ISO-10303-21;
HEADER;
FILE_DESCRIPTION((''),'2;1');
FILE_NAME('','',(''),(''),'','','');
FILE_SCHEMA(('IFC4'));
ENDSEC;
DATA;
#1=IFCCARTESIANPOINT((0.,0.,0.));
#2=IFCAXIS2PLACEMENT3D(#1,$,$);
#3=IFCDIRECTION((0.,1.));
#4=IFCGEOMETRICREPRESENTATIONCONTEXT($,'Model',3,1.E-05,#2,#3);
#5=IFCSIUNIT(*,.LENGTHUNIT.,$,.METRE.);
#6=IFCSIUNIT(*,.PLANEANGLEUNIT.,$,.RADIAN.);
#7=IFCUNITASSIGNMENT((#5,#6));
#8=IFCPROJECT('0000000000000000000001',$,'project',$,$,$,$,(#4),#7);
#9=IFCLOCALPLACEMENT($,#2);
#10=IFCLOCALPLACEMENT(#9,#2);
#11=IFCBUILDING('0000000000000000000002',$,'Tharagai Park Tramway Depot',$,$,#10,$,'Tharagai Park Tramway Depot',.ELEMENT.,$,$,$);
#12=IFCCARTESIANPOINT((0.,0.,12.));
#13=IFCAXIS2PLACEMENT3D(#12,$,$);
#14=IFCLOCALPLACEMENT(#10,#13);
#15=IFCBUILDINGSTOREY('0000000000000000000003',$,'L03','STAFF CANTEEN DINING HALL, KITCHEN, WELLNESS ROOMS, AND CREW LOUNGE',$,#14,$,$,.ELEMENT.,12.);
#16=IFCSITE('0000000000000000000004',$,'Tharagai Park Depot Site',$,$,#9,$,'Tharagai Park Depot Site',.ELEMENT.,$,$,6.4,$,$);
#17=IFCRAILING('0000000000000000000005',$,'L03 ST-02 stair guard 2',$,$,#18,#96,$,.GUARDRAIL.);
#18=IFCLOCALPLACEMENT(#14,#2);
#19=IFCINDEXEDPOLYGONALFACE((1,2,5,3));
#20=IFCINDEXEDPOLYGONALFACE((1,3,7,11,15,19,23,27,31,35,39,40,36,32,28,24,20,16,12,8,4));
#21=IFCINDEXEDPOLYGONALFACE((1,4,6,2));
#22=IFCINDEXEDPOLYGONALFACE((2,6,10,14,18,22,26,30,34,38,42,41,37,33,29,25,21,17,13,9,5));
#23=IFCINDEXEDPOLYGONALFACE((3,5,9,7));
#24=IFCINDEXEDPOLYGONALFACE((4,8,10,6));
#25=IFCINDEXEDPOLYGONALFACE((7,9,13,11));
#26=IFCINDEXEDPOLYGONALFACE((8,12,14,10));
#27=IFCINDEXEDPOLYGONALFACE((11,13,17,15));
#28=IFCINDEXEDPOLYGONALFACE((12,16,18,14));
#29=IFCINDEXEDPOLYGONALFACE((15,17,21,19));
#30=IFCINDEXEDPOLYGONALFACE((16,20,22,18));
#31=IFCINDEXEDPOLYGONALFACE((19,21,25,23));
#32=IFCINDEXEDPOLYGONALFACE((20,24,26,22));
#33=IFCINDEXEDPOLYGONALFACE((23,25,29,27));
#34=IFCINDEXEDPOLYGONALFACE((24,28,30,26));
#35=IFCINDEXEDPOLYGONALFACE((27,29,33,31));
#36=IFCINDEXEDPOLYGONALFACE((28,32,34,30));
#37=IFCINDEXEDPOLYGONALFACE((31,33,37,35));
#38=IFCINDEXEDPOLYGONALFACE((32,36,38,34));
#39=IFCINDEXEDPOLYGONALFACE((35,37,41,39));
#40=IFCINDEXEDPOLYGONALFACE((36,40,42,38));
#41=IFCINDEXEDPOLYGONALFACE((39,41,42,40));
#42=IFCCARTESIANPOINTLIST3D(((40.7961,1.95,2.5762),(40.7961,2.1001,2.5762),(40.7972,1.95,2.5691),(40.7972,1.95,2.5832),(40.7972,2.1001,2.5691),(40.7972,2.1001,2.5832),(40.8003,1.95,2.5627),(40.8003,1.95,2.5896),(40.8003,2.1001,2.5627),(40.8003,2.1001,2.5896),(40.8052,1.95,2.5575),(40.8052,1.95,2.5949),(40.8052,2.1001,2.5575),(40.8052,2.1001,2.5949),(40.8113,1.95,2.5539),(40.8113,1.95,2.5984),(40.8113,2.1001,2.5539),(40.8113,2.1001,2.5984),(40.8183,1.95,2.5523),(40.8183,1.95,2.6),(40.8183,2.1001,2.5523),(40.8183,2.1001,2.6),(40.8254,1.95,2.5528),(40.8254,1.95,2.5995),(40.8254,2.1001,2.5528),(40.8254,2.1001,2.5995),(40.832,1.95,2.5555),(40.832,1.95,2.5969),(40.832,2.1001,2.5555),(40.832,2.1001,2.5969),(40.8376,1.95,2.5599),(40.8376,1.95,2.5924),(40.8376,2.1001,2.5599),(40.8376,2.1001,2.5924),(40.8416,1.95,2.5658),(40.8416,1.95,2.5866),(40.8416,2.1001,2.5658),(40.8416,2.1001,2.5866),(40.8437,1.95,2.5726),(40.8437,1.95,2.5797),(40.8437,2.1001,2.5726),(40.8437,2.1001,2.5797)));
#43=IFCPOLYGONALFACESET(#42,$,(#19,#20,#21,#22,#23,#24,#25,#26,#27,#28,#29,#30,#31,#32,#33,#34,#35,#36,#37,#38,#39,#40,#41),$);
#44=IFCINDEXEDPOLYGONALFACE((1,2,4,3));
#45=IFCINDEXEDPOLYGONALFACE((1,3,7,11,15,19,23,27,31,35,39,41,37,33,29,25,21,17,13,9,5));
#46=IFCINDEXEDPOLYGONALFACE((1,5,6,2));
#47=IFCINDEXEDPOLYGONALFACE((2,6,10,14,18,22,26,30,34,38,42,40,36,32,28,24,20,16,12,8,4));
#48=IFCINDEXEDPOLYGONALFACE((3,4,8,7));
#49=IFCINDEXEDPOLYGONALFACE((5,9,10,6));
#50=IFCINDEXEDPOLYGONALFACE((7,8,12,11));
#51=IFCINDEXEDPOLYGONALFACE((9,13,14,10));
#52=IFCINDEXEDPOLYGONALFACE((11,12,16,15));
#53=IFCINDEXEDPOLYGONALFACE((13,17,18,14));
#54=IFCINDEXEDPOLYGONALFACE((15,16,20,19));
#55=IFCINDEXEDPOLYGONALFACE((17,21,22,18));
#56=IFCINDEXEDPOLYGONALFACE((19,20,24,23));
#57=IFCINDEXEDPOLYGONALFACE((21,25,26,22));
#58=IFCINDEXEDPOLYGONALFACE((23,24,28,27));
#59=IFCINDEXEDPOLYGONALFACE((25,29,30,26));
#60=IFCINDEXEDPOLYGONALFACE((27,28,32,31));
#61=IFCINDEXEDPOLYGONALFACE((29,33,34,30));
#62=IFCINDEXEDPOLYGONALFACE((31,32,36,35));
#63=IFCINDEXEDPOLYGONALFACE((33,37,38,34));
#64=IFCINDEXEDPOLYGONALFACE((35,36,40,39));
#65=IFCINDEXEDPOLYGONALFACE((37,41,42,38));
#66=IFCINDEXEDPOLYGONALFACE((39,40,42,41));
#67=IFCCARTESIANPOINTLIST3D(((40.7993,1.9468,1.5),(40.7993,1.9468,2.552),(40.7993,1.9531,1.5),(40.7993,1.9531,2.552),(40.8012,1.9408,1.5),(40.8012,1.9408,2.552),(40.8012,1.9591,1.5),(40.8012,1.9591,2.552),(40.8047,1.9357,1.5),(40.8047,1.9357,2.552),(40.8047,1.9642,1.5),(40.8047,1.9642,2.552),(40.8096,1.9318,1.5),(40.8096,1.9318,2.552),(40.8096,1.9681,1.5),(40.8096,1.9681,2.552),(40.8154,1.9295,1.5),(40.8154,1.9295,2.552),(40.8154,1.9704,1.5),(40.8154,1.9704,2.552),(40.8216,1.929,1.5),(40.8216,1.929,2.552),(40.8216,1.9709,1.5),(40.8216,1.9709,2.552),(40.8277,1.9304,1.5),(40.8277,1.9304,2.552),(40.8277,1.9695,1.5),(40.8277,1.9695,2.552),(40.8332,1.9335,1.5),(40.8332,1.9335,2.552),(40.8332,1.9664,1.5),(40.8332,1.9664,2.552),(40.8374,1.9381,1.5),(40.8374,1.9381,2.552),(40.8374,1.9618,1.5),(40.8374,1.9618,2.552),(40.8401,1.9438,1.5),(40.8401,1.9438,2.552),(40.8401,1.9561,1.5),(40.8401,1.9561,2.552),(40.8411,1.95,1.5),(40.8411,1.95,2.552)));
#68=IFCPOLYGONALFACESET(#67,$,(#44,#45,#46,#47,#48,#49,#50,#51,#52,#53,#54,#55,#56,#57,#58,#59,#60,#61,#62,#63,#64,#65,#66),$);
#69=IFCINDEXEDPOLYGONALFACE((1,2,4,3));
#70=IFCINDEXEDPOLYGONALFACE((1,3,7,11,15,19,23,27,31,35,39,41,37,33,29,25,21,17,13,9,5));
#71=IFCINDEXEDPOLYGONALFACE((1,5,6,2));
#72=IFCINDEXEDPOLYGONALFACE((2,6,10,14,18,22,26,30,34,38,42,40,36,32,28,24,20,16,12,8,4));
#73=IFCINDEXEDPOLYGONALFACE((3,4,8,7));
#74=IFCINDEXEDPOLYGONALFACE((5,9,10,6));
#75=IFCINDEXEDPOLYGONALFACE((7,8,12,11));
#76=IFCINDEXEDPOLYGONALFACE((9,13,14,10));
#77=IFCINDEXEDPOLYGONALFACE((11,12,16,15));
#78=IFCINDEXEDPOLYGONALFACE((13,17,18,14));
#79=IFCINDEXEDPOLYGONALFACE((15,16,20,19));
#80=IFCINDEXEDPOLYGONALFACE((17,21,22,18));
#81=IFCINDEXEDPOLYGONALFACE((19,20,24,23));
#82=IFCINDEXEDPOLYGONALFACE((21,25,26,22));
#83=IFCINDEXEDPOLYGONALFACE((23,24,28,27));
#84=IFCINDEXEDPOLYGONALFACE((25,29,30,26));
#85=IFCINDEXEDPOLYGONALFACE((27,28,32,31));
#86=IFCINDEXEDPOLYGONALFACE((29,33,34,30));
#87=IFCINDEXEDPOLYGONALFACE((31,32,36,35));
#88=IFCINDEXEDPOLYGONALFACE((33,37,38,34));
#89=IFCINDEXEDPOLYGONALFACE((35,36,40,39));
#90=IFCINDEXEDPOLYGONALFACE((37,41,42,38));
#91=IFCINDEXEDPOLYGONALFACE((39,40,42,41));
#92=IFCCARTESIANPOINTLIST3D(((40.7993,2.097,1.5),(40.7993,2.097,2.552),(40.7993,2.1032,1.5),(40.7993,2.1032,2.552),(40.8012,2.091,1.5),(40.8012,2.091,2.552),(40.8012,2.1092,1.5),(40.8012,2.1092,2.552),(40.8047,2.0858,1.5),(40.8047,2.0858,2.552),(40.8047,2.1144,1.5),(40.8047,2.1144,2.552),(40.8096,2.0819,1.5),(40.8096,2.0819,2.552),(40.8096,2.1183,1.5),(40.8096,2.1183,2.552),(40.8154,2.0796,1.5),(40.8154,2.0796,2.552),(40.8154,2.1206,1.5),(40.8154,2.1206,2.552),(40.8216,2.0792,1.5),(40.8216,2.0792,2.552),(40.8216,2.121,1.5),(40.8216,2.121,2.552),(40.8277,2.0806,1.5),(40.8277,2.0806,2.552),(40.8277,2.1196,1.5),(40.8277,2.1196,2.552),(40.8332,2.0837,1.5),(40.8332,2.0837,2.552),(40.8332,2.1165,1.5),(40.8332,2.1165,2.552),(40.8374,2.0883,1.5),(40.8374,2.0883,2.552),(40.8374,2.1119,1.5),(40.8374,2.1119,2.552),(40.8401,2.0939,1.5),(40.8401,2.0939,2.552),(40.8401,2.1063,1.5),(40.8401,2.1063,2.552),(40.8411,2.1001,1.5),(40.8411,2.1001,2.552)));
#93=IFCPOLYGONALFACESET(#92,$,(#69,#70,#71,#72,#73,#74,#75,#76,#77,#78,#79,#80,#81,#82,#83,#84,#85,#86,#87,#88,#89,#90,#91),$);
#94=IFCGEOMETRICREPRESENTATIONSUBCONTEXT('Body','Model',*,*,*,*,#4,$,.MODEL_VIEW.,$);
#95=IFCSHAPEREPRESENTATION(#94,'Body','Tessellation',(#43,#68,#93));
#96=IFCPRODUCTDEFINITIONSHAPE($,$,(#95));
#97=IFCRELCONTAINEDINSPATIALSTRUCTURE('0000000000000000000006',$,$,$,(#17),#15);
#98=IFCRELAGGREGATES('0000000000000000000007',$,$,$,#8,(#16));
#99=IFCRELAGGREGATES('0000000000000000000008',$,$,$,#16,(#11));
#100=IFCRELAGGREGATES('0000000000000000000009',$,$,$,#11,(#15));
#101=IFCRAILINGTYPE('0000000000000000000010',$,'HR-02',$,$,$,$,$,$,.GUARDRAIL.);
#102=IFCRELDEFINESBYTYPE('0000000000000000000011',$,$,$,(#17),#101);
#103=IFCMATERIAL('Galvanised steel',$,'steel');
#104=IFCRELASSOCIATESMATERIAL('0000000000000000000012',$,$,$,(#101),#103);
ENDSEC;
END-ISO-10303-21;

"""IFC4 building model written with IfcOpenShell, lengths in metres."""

from ifc_helpers import new_model, si_unit, direction, frame, origin, origin_2d, place, context, subcontext, project, spatial, circle, extrude, material, type_object, element, save


model = new_model("IFC4")

# Units and contexts
model_context = context("Model", 3, precision=1e-05, world=origin(), true_north=direction((0.0, 1.0)))
body_context = subcontext(model_context, "Body", "Model", "MODEL_VIEW")
ifc_project = project(units=[si_unit("LENGTHUNIT", "METRE"), si_unit("PLANEANGLEUNIT", "RADIAN")], contexts=[model_context])

# Site, building, storey
site_placement = place(None, origin())
site = spatial("IfcSite", under=ifc_project, at=site_placement, Name="Tharagai Park Depot Site", LongName="Tharagai Park Depot Site", CompositionType="ELEMENT", RefElevation=6.4)
building_placement = place(site_placement, origin())
building = spatial("IfcBuilding", under=site, at=building_placement, Name="Tharagai Park Tramway Depot", LongName="Tharagai Park Tramway Depot", CompositionType="ELEMENT")
storey_placement = place(building_placement, frame((0.0, 0.0, 12.0)))
storey = spatial("IfcBuildingStorey", under=building, at=storey_placement, Name="L03", Description="STAFF CANTEEN DINING HALL, KITCHEN, WELLNESS ROOMS, AND CREW LOUNGE", CompositionType="ELEMENT", Elevation=12.0)

# Railing
ifc_material_1 = material(Name="Galvanised steel", Category="steel")
railing_type_1 = type_object("IfcRailingType", Name="HR-02", PredefinedType="GUARDRAIL", material=ifc_material_1)
railing_1_placement = place(storey_placement, frame((40.8201, 1.95, 1.5)))
element("IfcRailing", 1, at=railing_1_placement, inside=storey, type_object=railing_type_1, Name="L03 ST-02 stair guard 2", PredefinedType="GUARDRAIL", context=body_context, shape_type="SweptSolid", body=[
    extrude(circle(Radius=0.0239, at=origin_2d()), frame((0.0, 0.0, 1.0762), z_axis=(0.0, 1.0, 0.0), x_axis=(-1.0, 0.0, 0.0)), (0.0, 0.0, 1.0), 0.1501),
    extrude(circle(Radius=0.021, at=origin_2d()), origin(), (0.0, 0.0, 1.0), 1.052),
    extrude(circle(Radius=0.021, at=origin_2d()), frame((0.0, 0.1501, 0.0)), (0.0, 0.0, 1.0), 1.052),
])

save(model, "model.ifc")
